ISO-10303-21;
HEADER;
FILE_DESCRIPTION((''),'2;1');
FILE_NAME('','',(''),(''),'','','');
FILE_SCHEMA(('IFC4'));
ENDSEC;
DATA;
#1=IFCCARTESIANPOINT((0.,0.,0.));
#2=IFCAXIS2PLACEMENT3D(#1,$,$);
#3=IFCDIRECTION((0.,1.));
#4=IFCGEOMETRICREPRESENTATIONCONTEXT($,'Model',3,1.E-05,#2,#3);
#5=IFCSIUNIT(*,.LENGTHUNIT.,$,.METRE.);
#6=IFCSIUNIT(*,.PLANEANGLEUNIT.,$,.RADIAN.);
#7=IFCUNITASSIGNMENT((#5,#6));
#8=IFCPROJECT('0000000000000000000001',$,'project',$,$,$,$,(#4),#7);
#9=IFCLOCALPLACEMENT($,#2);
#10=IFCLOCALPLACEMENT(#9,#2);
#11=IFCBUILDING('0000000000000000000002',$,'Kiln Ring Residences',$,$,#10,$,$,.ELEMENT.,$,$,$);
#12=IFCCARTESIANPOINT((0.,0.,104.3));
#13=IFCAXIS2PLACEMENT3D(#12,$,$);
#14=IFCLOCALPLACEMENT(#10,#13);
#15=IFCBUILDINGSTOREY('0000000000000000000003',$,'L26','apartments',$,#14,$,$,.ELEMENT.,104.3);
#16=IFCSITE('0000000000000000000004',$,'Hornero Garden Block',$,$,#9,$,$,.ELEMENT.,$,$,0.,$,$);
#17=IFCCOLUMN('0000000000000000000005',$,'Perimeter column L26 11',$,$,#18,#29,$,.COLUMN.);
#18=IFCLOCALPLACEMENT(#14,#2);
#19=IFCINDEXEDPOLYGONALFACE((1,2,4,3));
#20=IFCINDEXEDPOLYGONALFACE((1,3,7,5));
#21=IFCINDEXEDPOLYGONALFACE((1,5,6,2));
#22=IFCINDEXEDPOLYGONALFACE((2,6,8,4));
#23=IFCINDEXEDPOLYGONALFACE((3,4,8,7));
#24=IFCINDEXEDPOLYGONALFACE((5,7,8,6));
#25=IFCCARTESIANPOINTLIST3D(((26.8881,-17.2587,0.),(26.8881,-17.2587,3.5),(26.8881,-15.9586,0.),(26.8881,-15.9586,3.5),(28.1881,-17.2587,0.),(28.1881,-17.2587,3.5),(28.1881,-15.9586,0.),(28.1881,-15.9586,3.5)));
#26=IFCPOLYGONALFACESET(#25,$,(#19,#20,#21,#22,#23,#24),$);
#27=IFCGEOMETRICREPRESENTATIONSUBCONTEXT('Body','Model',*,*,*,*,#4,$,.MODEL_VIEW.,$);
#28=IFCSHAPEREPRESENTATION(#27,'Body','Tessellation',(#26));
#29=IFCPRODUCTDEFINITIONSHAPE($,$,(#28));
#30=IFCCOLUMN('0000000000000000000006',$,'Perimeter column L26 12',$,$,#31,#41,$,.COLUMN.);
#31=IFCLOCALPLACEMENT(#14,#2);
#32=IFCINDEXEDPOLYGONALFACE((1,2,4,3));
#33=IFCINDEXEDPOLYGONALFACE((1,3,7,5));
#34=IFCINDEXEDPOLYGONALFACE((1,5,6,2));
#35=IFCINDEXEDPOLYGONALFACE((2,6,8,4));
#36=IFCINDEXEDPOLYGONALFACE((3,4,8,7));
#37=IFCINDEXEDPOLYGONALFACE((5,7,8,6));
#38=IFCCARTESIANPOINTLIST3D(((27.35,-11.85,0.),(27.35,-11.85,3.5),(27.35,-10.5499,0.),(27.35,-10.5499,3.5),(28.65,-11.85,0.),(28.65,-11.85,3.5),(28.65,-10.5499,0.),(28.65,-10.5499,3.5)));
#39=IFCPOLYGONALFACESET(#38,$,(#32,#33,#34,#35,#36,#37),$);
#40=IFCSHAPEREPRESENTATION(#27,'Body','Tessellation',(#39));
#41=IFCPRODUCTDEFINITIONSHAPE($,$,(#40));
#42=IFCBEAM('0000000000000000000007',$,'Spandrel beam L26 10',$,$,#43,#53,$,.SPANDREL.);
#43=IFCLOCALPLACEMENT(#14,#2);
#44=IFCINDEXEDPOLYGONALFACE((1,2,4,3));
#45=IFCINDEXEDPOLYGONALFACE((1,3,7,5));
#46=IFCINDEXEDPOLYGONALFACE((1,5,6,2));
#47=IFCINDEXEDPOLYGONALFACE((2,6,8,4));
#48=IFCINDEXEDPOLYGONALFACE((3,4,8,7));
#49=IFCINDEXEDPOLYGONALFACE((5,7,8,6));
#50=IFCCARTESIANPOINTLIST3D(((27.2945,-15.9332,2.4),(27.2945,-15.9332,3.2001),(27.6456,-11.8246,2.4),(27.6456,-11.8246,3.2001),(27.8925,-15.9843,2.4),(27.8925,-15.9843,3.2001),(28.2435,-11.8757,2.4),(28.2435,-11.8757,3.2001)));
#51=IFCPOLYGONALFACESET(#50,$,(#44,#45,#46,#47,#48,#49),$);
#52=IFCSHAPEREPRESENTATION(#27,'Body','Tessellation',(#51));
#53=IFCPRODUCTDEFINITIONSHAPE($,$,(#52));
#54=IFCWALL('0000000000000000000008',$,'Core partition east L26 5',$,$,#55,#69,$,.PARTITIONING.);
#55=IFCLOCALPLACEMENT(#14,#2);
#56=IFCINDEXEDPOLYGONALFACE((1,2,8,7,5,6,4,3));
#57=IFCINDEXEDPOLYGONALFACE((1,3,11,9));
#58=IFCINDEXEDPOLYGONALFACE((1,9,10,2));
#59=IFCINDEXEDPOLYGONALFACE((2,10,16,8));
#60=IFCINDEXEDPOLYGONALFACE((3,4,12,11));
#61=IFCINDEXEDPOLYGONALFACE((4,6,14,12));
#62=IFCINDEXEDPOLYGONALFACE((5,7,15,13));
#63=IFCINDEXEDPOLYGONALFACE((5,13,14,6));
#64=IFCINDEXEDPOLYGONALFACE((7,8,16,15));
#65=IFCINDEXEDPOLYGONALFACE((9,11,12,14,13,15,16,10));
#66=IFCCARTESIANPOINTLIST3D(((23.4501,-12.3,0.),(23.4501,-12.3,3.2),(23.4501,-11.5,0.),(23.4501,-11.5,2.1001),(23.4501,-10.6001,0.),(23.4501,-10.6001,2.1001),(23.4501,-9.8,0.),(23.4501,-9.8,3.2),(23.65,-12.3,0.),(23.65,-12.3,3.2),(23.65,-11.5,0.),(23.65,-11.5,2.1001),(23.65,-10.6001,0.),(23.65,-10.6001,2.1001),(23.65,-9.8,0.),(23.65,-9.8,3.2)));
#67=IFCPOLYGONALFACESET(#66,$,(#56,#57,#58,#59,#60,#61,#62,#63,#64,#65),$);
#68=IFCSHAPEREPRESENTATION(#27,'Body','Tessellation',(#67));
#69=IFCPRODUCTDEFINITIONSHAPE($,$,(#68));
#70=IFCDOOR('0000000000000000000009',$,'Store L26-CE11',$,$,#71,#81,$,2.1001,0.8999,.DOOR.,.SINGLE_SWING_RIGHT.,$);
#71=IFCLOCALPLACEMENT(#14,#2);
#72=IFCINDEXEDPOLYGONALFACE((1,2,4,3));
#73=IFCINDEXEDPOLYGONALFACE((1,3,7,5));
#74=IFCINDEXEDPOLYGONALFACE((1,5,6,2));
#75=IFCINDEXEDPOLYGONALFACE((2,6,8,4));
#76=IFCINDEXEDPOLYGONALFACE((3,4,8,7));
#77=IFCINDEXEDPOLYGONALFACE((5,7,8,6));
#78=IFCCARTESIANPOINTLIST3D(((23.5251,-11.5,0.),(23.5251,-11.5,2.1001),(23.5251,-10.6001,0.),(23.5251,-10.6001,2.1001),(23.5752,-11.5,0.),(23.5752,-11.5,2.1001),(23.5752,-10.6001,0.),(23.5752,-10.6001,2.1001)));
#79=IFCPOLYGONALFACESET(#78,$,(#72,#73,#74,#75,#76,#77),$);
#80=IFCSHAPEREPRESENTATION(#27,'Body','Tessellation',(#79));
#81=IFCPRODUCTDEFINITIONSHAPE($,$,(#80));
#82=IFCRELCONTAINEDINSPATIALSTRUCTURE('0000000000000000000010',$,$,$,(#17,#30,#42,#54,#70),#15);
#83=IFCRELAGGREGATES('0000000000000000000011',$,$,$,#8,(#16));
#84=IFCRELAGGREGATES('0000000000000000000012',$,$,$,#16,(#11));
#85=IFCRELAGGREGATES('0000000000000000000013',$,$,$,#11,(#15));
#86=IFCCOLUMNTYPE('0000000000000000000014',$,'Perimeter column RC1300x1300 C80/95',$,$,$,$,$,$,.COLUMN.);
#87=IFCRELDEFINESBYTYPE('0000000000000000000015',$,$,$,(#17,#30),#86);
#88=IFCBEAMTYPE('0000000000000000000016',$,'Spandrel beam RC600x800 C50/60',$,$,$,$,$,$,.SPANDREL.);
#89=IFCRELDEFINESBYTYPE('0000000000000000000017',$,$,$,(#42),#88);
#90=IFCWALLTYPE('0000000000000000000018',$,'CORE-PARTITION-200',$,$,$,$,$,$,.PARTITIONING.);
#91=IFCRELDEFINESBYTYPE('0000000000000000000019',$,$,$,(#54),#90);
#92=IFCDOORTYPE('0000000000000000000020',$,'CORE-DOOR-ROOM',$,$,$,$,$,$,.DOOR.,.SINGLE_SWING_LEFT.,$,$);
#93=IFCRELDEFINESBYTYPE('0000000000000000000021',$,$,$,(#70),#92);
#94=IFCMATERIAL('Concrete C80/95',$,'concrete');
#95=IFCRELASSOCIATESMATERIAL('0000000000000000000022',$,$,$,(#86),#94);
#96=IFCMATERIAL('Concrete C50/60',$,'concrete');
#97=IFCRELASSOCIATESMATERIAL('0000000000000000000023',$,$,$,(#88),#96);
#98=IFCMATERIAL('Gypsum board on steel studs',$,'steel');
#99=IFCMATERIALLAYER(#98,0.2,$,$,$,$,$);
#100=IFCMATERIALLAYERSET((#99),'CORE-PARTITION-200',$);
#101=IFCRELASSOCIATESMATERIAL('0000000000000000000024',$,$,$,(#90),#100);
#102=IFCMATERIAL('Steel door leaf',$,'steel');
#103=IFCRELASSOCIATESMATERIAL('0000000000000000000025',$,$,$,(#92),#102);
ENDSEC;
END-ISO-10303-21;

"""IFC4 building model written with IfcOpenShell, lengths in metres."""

from ifc_helpers import new_model, si_unit, direction, frame, frame_2d, origin, origin_2d, place, context, subcontext, project, spatial, rectangle, extrude, material, layer, layer_set, material_profile, profile_set, type_object, element, fill, save


model = new_model("IFC4")

# Units and contexts
model_context = context("Model", 3, precision=1e-05, world=origin(), true_north=direction((0.0, 1.0)))
body_context = subcontext(model_context, "Body", "Model", "MODEL_VIEW")
ifc_project = project(units=[si_unit("LENGTHUNIT", "METRE"), si_unit("PLANEANGLEUNIT", "RADIAN")], contexts=[model_context])

# Site, building, storey
site_placement = place(None, origin())
site = spatial("IfcSite", under=ifc_project, at=site_placement, Name="Hornero Garden Block", CompositionType="ELEMENT", RefElevation=0.0)
building_placement = place(site_placement, origin())
building = spatial("IfcBuilding", under=site, at=building_placement, Name="Kiln Ring Residences", CompositionType="ELEMENT")
storey_placement = place(building_placement, frame((0.0, 0.0, 104.3)))
storey = spatial("IfcBuildingStorey", under=building, at=storey_placement, Name="L26", Description="apartments", CompositionType="ELEMENT", Elevation=104.3)

# Columns
ifc_material_1 = material(Name="Concrete C80/95", Category="concrete")
ifc_material_profile_1 = material_profile(ifc_material_1, rectangle(XDim=1.3, YDim=1.3, at=origin_2d()), Name="RC1300x1300")
ifc_profile_set_1 = profile_set([ifc_material_profile_1], Name="Concrete C80/95")
column_type = type_object("IfcColumnType", Name="Perimeter column RC1300x1300 C80/95", PredefinedType="COLUMN", material=ifc_profile_set_1)
for number, where, z_axis, x_axis, name in (
    (1, (27.5381, -16.6086, 0.0), (0.0, 0.0, 1.0), (1.0, 0.0, 0.0), "Perimeter column L26 11"),
    (2, (28.0, -11.2, 0.0), (0.0, 0.0, 1.0), (1.0, 0.0, 0.0), "Perimeter column L26 12"),
):
    element("IfcColumn", number, at=place(storey_placement, frame(where, z_axis=z_axis, x_axis=x_axis)), inside=storey, type_object=column_type, Name=name, PredefinedType="COLUMN", context=body_context, shape_type="SweptSolid", body=[
        extrude(rectangle(XDim=1.3, YDim=1.3, at=origin_2d()), origin(), (0.0, 0.0, 1.0), 3.5),
    ])

# Beam
ifc_material_2 = material(Name="Concrete C50/60", Category="concrete")
ifc_material_profile_2 = material_profile(ifc_material_2, rectangle(XDim=0.6001, YDim=0.8, at=origin_2d()), Name="RC600x800")
ifc_profile_set_2 = profile_set([ifc_material_profile_2], Name="Concrete C50/60")
beam_type = type_object("IfcBeamType", Name="Spandrel beam RC600x800 C50/60", PredefinedType="SPANDREL", material=ifc_profile_set_2)
beam_placement = place(storey_placement, frame((27.5935, -15.9587, 2.8), z_axis=(0.085137, 0.996369, 0.0), x_axis=(-0.996369, 0.085137, 0.0)))
element("IfcBeam", 3, at=beam_placement, inside=storey, type_object=beam_type, Name="Spandrel beam L26 10", PredefinedType="SPANDREL", context=body_context, shape_type="SweptSolid", body=[
    extrude(rectangle(XDim=0.6001, YDim=0.8, at=origin_2d()), origin(), (0.0, 0.0, 1.0), 4.1235),
])

# Wall, opening, door
ifc_material_3 = material(Name="Gypsum board on steel studs", Category="steel")
ifc_layer_1 = layer(ifc_material_3, 0.2)
ifc_layer_set_1 = layer_set([ifc_layer_1], Name="CORE-PARTITION-200")
wall_type_1 = type_object("IfcWallType", Name="CORE-PARTITION-200", PredefinedType="PARTITIONING", material=ifc_layer_set_1)
wall_1_placement = place(storey_placement, frame((23.55, -12.3, 0.0), z_axis=(0.0, 0.0, 1.0), x_axis=(0.0, 1.0, 0.0)))
wall_1 = element("IfcWall", 4, at=wall_1_placement, inside=storey, type_object=wall_type_1, Name="Core partition east L26 5", PredefinedType="PARTITIONING", context=body_context, shape_type="SweptSolid", body=[
    extrude(rectangle(XDim=2.5, YDim=0.2, at=frame_2d((1.25, 0.0))), origin(), (0.0, 0.0, 1.0), 3.2),
])
opening_1_placement = place(wall_1_placement, frame((0.8, 0.0, 0.0)))
opening_1 = element("IfcOpeningElement", 5, at=opening_1_placement, cuts=wall_1, PredefinedType="OPENING", context=body_context, shape_type="SweptSolid", body=[
    extrude(rectangle(XDim=0.8999, YDim=2.1001, at=frame_2d((0.45, 1.05))), frame((0.0, 0.1099, 0.0), z_axis=(0.0, -1.0, 0.0), x_axis=(1.0, 0.0, 0.0)), (0.0, 0.0, 1.0), 0.22),
])
ifc_material_4 = material(Name="Steel door leaf", Category="steel")
door_type_1 = type_object("IfcDoorType", Name="CORE-DOOR-ROOM", OperationType="SINGLE_SWING_LEFT", PredefinedType="DOOR", material=ifc_material_4)
door_1_placement = place(opening_1_placement, origin())
door_1 = element("IfcDoor", 6, at=door_1_placement, inside=storey, type_object=door_type_1, Name="Store L26-CE11", OperationType="SINGLE_SWING_RIGHT", OverallHeight=2.1001, OverallWidth=0.8999, PredefinedType="DOOR", context=body_context, shape_type="SweptSolid", body=[
    extrude(rectangle(XDim=0.8999, YDim=2.1001, at=frame_2d((0.45, 1.05))), frame((0.0, 0.0249, 0.0), z_axis=(0.0, -1.0, 0.0), x_axis=(1.0, 0.0, 0.0)), (0.0, 0.0, 1.0), 0.05),
])
fill(opening_1, door_1)

save(model, "model.ifc")
